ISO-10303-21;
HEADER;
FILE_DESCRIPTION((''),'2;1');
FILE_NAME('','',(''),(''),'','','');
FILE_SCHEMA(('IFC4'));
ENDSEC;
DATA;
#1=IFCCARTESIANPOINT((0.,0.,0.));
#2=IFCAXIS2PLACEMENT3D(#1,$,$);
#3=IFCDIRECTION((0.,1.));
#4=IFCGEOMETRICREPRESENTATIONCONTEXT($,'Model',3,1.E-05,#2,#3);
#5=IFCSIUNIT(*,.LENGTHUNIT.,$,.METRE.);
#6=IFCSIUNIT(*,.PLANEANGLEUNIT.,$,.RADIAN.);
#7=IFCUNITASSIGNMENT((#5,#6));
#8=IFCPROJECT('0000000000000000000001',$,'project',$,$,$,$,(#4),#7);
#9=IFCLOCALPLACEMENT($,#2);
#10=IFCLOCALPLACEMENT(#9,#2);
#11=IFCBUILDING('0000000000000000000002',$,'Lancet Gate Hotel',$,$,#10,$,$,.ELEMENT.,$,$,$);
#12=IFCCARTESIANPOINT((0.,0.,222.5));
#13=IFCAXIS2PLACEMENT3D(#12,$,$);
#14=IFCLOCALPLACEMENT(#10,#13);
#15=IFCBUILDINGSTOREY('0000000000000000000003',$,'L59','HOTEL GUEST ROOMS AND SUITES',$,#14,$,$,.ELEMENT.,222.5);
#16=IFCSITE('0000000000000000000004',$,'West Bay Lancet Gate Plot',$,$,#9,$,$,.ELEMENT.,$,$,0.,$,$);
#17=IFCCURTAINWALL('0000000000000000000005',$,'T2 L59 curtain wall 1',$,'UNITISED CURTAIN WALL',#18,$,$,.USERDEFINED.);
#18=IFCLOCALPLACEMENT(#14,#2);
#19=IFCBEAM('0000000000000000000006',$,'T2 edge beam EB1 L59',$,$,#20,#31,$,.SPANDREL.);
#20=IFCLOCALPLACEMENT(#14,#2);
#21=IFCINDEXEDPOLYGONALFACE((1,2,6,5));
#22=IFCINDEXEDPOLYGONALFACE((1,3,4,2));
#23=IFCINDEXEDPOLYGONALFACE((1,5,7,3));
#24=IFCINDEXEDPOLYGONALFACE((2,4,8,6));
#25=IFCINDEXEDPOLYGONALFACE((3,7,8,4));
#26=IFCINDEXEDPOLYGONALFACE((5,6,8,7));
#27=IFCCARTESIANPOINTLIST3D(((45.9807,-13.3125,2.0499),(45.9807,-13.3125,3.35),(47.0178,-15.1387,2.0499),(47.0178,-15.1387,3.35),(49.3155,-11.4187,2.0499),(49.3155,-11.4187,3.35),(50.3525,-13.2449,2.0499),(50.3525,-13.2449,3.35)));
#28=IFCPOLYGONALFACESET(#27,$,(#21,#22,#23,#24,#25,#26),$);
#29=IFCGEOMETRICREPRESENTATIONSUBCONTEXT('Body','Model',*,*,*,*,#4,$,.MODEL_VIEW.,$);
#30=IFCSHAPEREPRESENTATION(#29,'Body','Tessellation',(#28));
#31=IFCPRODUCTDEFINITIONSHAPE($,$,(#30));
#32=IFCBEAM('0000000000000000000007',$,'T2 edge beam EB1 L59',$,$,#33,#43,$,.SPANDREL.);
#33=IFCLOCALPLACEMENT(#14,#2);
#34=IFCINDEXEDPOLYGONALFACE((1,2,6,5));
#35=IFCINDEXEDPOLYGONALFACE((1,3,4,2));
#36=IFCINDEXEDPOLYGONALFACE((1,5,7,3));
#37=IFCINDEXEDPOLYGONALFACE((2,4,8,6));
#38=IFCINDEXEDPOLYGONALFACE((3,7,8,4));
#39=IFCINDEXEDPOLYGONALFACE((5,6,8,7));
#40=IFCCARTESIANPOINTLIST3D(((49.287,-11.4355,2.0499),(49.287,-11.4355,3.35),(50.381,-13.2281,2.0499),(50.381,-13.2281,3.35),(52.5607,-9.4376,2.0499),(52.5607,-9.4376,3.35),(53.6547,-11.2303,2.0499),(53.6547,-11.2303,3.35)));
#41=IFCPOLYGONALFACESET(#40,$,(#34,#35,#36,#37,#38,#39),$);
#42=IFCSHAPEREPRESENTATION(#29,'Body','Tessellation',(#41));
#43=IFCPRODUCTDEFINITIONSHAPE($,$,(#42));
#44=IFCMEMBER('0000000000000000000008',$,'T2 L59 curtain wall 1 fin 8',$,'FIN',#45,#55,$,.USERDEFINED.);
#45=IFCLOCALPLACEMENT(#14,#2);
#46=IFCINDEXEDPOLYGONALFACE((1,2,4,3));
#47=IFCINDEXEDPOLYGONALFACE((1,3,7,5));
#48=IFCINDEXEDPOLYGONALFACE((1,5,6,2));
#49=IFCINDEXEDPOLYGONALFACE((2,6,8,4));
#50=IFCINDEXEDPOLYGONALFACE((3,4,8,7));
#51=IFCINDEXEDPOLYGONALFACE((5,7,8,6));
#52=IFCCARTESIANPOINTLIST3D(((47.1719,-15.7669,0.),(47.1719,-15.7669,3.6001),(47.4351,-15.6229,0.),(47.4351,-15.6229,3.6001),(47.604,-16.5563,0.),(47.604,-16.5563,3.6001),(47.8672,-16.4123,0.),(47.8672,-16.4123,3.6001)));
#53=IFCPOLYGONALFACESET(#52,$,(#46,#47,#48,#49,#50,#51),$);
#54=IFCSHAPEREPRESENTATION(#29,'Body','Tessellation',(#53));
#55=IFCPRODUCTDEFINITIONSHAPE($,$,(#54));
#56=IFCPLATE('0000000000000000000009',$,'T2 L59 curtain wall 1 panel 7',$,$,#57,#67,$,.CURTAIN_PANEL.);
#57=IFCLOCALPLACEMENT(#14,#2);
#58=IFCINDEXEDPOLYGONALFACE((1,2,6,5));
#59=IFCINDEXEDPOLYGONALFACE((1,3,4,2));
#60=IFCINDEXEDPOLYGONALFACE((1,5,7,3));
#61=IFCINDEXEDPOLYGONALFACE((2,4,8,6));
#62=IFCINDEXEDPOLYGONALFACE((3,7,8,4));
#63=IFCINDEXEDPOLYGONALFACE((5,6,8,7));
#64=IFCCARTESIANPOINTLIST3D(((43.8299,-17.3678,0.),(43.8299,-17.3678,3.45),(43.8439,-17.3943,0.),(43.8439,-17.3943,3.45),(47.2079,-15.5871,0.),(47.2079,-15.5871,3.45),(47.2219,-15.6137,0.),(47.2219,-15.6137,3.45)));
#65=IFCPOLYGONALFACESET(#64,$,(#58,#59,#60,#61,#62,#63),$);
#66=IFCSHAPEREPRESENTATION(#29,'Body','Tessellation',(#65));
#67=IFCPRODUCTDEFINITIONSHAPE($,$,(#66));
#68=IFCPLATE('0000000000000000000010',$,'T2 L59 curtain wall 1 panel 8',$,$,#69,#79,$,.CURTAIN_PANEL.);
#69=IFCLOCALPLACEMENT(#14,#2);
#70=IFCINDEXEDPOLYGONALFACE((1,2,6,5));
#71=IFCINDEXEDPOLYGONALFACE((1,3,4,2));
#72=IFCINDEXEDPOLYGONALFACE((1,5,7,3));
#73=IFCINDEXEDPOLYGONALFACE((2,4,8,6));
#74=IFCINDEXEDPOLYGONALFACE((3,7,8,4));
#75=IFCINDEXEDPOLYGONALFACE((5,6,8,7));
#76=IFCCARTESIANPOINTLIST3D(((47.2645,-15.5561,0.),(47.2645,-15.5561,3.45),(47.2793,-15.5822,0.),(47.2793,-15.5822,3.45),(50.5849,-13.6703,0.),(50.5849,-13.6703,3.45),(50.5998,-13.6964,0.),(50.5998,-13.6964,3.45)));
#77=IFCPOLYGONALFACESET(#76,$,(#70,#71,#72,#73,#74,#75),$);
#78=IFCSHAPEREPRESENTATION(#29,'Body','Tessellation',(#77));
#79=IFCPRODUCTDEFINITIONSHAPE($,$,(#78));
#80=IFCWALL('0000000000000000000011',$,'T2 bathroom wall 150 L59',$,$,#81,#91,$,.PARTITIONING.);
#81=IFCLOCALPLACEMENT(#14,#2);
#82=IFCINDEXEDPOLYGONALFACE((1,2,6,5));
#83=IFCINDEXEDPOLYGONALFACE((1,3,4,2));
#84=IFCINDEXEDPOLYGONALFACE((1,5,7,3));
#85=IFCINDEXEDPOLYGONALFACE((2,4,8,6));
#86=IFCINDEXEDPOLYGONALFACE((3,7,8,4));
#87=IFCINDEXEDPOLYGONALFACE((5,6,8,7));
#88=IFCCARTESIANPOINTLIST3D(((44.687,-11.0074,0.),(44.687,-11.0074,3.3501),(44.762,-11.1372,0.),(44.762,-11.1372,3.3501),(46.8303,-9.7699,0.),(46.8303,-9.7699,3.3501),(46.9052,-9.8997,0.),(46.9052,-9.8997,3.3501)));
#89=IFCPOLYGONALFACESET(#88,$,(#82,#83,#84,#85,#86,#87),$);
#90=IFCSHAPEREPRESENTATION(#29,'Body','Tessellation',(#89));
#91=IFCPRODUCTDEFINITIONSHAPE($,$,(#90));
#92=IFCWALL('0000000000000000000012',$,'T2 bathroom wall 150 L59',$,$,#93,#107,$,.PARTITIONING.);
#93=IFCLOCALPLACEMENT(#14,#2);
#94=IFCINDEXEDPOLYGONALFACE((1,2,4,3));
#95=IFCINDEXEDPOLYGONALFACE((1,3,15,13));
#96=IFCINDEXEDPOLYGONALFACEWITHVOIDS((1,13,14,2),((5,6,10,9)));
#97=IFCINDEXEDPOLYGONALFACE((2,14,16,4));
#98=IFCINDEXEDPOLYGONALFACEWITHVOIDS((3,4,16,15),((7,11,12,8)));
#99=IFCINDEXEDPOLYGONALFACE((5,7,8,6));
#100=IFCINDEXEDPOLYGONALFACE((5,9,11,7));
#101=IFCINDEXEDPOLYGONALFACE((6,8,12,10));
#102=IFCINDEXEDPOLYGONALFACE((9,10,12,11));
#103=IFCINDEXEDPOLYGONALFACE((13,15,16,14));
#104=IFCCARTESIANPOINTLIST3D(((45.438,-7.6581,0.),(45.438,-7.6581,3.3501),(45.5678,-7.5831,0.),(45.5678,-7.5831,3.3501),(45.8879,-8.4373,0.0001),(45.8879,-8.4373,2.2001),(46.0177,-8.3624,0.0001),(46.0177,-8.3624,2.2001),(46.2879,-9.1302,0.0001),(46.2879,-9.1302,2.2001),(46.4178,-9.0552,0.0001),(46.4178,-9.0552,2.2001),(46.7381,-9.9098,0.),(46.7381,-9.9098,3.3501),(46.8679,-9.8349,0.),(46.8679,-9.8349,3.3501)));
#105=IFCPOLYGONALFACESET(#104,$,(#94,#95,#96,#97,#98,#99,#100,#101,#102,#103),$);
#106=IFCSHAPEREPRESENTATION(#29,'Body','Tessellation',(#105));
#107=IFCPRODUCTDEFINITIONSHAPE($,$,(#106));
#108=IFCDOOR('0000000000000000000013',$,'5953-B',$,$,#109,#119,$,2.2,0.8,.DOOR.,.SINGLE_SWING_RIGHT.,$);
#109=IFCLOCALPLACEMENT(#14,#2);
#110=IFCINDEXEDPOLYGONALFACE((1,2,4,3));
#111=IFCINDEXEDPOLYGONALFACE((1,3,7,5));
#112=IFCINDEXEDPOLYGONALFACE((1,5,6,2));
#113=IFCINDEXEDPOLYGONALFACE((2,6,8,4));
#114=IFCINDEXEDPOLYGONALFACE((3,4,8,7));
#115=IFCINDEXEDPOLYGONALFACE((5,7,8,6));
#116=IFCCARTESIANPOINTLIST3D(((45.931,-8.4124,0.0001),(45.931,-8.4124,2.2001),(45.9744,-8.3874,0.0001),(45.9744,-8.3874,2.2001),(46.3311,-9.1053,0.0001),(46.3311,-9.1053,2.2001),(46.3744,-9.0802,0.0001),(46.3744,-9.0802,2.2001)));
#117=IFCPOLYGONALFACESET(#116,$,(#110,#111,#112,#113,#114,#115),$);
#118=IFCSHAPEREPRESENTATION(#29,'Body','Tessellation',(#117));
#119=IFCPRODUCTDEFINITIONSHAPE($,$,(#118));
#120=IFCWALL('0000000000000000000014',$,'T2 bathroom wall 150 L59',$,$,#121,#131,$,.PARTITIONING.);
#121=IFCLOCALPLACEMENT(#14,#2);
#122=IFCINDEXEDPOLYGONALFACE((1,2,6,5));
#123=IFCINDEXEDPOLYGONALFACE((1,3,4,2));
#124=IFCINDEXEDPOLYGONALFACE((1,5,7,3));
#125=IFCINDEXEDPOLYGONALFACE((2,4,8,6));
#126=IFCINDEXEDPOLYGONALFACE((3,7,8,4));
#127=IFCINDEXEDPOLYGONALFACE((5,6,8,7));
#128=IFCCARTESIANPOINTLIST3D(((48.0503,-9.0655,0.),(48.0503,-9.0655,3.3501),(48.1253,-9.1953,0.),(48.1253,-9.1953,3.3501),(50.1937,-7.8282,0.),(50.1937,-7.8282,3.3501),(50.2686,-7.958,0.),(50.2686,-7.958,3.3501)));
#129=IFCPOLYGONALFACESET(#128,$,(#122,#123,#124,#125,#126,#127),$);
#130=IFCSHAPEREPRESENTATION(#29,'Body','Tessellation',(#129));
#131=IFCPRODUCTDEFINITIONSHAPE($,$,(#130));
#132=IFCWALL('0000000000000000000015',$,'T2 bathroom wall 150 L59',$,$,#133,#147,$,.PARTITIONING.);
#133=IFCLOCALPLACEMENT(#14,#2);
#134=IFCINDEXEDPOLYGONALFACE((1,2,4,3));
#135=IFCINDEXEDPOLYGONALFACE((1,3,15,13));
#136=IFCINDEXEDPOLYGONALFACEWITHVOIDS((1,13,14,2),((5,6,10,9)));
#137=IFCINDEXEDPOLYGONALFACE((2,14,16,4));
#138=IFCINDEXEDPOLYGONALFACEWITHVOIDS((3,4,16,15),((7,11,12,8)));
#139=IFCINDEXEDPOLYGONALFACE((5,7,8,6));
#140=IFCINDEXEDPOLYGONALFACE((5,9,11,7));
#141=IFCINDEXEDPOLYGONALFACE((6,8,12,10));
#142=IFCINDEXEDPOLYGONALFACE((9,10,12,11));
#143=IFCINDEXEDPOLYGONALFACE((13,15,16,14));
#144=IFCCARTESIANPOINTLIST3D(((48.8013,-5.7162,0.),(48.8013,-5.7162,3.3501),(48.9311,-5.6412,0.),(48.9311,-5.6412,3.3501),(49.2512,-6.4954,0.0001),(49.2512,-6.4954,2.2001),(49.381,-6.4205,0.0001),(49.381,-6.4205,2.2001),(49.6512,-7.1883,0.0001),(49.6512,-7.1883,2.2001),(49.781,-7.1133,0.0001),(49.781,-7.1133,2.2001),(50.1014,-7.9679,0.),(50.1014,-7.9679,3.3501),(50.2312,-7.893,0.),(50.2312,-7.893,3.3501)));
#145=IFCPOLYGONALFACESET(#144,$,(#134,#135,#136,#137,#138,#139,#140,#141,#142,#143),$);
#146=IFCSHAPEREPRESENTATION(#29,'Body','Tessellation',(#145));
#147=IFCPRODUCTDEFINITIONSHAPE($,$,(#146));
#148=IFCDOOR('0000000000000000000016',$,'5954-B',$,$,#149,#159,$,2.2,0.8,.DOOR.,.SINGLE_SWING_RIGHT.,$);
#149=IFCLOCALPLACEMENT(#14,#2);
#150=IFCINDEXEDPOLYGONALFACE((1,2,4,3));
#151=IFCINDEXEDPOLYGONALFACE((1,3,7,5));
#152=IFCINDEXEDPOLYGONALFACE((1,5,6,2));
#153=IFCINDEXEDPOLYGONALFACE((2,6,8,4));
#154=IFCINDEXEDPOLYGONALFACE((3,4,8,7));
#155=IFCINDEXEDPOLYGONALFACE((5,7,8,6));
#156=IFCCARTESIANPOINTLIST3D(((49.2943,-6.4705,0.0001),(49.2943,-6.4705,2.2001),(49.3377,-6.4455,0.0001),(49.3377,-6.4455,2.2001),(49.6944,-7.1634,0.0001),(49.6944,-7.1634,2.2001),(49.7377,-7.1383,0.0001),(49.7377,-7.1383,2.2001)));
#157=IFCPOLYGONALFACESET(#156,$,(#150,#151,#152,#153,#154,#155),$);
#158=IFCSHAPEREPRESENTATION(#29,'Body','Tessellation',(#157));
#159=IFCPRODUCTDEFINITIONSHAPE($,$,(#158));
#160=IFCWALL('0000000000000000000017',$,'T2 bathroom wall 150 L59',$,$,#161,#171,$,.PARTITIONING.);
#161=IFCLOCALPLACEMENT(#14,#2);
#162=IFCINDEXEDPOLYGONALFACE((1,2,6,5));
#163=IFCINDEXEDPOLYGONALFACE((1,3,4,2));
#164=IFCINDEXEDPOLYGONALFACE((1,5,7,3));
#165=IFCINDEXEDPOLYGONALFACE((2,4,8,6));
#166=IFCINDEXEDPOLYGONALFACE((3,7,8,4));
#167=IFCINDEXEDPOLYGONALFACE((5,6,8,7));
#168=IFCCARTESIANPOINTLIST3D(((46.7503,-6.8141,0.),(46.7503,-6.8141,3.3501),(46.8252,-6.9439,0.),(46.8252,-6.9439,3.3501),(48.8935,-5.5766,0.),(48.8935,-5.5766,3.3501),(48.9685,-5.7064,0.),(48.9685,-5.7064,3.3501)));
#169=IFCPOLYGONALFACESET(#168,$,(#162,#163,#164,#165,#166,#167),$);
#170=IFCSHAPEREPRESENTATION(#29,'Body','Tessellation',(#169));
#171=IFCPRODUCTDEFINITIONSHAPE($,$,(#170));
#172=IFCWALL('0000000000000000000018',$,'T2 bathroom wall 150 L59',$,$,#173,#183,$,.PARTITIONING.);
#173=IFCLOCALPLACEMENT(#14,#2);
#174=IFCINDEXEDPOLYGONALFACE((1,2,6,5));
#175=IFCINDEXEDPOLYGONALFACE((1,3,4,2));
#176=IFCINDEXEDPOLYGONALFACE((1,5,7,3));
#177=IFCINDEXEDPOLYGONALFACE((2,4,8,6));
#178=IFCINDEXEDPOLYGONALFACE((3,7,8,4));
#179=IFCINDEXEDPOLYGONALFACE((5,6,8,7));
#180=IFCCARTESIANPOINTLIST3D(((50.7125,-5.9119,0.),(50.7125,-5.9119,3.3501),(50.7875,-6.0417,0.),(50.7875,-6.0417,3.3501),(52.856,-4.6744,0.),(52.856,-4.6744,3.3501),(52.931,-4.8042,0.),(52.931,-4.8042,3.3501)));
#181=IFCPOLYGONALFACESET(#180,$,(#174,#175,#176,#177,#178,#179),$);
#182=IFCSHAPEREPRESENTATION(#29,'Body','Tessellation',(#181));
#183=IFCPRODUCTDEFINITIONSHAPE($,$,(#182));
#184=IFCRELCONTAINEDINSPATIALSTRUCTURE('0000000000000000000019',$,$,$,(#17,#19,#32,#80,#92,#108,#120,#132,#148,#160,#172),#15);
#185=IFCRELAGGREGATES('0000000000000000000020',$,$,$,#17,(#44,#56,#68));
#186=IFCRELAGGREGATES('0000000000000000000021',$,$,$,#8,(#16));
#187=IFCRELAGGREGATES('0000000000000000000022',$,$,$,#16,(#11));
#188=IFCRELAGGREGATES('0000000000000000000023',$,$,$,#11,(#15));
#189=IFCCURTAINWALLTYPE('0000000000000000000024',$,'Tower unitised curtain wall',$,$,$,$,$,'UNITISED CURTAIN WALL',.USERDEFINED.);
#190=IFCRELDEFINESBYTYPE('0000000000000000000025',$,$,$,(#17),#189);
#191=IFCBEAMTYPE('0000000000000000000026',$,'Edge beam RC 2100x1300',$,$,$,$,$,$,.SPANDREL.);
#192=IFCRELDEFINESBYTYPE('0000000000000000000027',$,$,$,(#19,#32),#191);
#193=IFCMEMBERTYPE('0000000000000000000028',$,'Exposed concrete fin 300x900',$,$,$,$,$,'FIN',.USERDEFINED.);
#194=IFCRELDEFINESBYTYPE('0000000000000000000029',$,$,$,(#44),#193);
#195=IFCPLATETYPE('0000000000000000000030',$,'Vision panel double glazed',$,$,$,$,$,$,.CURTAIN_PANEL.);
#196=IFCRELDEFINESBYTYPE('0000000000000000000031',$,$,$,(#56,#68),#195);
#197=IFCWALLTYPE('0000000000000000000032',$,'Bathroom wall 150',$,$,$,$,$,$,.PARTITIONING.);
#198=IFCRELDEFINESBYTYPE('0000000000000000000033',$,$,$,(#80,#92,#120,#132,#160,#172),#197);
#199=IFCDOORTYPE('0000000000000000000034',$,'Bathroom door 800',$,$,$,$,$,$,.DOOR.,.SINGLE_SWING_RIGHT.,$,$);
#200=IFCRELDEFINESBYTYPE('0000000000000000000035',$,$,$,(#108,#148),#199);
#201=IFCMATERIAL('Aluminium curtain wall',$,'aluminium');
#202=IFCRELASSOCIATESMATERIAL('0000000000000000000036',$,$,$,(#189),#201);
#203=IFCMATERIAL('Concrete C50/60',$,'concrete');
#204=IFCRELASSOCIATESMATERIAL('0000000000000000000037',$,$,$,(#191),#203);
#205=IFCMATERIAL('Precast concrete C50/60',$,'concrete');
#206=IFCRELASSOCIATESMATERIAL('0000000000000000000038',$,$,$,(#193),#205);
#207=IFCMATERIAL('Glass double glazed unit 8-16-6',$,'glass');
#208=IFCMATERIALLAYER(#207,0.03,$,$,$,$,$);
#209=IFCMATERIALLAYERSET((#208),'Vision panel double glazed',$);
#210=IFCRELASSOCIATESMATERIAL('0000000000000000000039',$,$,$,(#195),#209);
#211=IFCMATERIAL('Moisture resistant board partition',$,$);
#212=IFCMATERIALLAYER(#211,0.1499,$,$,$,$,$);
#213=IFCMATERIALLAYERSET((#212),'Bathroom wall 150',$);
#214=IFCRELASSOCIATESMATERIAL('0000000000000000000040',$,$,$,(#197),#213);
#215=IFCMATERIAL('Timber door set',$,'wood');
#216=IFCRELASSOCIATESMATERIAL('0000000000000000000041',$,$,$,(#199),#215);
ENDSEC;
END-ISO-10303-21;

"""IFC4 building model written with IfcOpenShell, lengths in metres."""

from ifc_helpers import new_model, si_unit, direction, frame, frame_2d, origin, origin_2d, place, context, subcontext, project, spatial, rectangle, extrude, material, layer, layer_set, material_profile, profile_set, type_object, element, fill, aggregate, save


model = new_model("IFC4")

# Units and contexts
model_context = context("Model", 3, precision=1e-05, world=origin(), true_north=direction((0.0, 1.0)))
body_context = subcontext(model_context, "Body", "Model", "MODEL_VIEW")
ifc_project = project(units=[si_unit("LENGTHUNIT", "METRE"), si_unit("PLANEANGLEUNIT", "RADIAN")], contexts=[model_context])

# Site, building, storey
site_placement = place(None, origin())
site = spatial("IfcSite", under=ifc_project, at=site_placement, Name="West Bay Lancet Gate Plot", CompositionType="ELEMENT", RefElevation=0.0)
building_placement = place(site_placement, origin())
building = spatial("IfcBuilding", under=site, at=building_placement, Name="Lancet Gate Hotel", CompositionType="ELEMENT")
storey_placement = place(building_placement, frame((0.0, 0.0, 222.5)))
storey = spatial("IfcBuildingStorey", under=building, at=storey_placement, Name="L59", Description="HOTEL GUEST ROOMS AND SUITES", CompositionType="ELEMENT", Elevation=222.5)

# Curtain wall
ifc_material_1 = material(Name="Aluminium curtain wall", Category="aluminium")
curtain_wall_type = type_object("IfcCurtainWallType", Name="Tower unitised curtain wall", ElementType="UNITISED CURTAIN WALL", PredefinedType="USERDEFINED", material=ifc_material_1)
curtain_wall_placement = place(storey_placement, origin())
curtain_wall = element("IfcCurtainWall", 1, at=curtain_wall_placement, inside=storey, type_object=curtain_wall_type, Name="T2 L59 curtain wall 1", ObjectType="UNITISED CURTAIN WALL", PredefinedType="USERDEFINED")

# Beams
ifc_material_2 = material(Name="Concrete C50/60", Category="concrete")
ifc_material_profile_1 = material_profile(ifc_material_2, rectangle(XDim=2.1001, YDim=1.3, at=origin_2d()), Name="RC 2100x1300")
ifc_profile_set_1 = profile_set([ifc_material_profile_1], Name="Concrete C50/60")
beam_type = type_object("IfcBeamType", Name="Edge beam RC 2100x1300", PredefinedType="SPANDREL", material=ifc_profile_set_1)
beam_1_placement = place(storey_placement, frame((46.4993, -14.2256, 2.7), z_axis=(0.86956, 0.493827, 0.0), x_axis=(-0.493827, 0.86956, 0.0)))
element("IfcBeam", 2, at=beam_1_placement, inside=storey, type_object=beam_type, Name="T2 edge beam EB1 L59", PredefinedType="SPANDREL", context=body_context, shape_type="SweptSolid", body=[
    extrude(rectangle(XDim=2.1001, YDim=1.3, at=origin_2d()), origin(), (0.0, 0.0, 1.0), 3.835),
])
beam_2_placement = place(storey_placement, frame((49.834, -12.3318, 2.7), z_axis=(0.853604, 0.520922, 0.0), x_axis=(-0.520922, 0.853604, 0.0)))
element("IfcBeam", 3, at=beam_2_placement, inside=storey, type_object=beam_type, Name="T2 edge beam EB1 L59", PredefinedType="SPANDREL", context=body_context, shape_type="SweptSolid", body=[
    extrude(rectangle(XDim=2.1001, YDim=1.3, at=origin_2d()), origin(), (0.0, 0.0, 1.0), 3.8352),
])

# Member
ifc_material_3 = material(Name="Precast concrete C50/60", Category="concrete")
ifc_material_profile_2 = material_profile(ifc_material_3, rectangle(XDim=0.3, YDim=0.8999, at=origin_2d()), Name="FIN 300x900")
ifc_profile_set_2 = profile_set([ifc_material_profile_2], Name="Precast concrete C50/60")
member_type_1 = type_object("IfcMemberType", Name="Exposed concrete fin 300x900", ElementType="FIN", PredefinedType="USERDEFINED", material=ifc_profile_set_2)
member_1_placement = place(storey_placement, frame((47.5195, -16.0896, 0.0), z_axis=(0.0, 0.0, 1.0), x_axis=(0.877195, 0.480135, 0.0)))
member_1 = element("IfcMember", 4, at=member_1_placement, type_object=member_type_1, Name="T2 L59 curtain wall 1 fin 8", ObjectType="FIN", PredefinedType="USERDEFINED", context=body_context, shape_type="SweptSolid", body=[
    extrude(rectangle(XDim=0.3, YDim=0.8999, at=origin_2d()), origin(), (0.0, 0.0, 1.0), 3.6001),
])

# Plates
ifc_material_4 = material(Name="Glass double glazed unit 8-16-6", Category="glass")
ifc_layer_1 = layer(ifc_material_4, 0.03)
ifc_layer_set_1 = layer_set([ifc_layer_1], Name="Vision panel double glazed")
plate_type = type_object("IfcPlateType", Name="Vision panel double glazed", PredefinedType="CURTAIN_PANEL", material=ifc_layer_set_1)
plate_1_placement = place(storey_placement, frame((45.5259, -16.4907, 0.0), z_axis=(0.0, 0.0, 1.0), x_axis=(0.884623, 0.466307, 0.0)))
plate_1 = element("IfcPlate", 5, at=plate_1_placement, type_object=plate_type, Name="T2 L59 curtain wall 1 panel 7", PredefinedType="CURTAIN_PANEL", context=body_context, shape_type="SweptSolid", body=[
    extrude(rectangle(XDim=3.8186, YDim=0.03, at=origin_2d()), origin(), (0.0, 0.0, 1.0), 3.45),
])
plate_2_placement = place(storey_placement, frame((48.9321, -14.6262, 0.0), z_axis=(0.0, 0.0, 1.0), x_axis=(0.86955, 0.493844, 0.0)))
plate_2 = element("IfcPlate", 6, at=plate_2_placement, type_object=plate_type, Name="T2 L59 curtain wall 1 panel 8", PredefinedType="CURTAIN_PANEL", context=body_context, shape_type="SweptSolid", body=[
    extrude(rectangle(XDim=3.8186, YDim=0.03, at=origin_2d()), origin(), (0.0, 0.0, 1.0), 3.45),
])
aggregate(curtain_wall, [member_1, plate_1, plate_2])

# Wall
ifc_material_5 = material(Name="Moisture resistant board partition")
ifc_layer_2 = layer(ifc_material_5, 0.1499)
ifc_layer_set_2 = layer_set([ifc_layer_2], Name="Bathroom wall 150")
wall_type_1 = type_object("IfcWallType", Name="Bathroom wall 150", PredefinedType="PARTITIONING", material=ifc_layer_set_2)
wall_1_placement = place(storey_placement, frame((44.7246, -11.0723, 0.0), z_axis=(0.0, 0.0, 1.0), x_axis=(0.866007, 0.500033, 0.0)))
element("IfcWall", 7, at=wall_1_placement, inside=storey, type_object=wall_type_1, Name="T2 bathroom wall 150 L59", PredefinedType="PARTITIONING", context=body_context, shape_type="SweptSolid", body=[
    extrude(rectangle(XDim=2.4749, YDim=0.1499, at=frame_2d((1.2373, 0.0))), origin(), (0.0, 0.0, 1.0), 3.3501),
])

# Wall, opening, door
wall_2_placement = place(storey_placement, frame((45.5029, -7.6206, 0.0), z_axis=(0.0, 0.0, 1.0), x_axis=(0.500007, -0.866021, 0.0)))
wall_2 = element("IfcWall", 8, at=wall_2_placement, inside=storey, type_object=wall_type_1, Name="T2 bathroom wall 150 L59", PredefinedType="PARTITIONING", context=body_context, shape_type="SweptSolid", body=[
    extrude(rectangle(XDim=2.6001, YDim=0.1499, at=frame_2d((1.3, 0.0))), origin(), (0.0, 0.0, 1.0), 3.3501),
])
opening_1_placement = place(wall_2_placement, frame((0.8999, 0.0, 0.0)))
opening_1 = element("IfcOpeningElement", 9, at=opening_1_placement, cuts=wall_2, PredefinedType="OPENING", context=body_context, shape_type="SweptSolid", body=[
    extrude(rectangle(XDim=0.8, YDim=2.2, at=frame_2d((0.3999, 1.1001))), frame((0.0, 0.085, 0.0), z_axis=(0.0, -1.0, 0.0), x_axis=(1.0, 0.0, 0.0)), (0.0, 0.0, 1.0), 0.1699),
])
ifc_material_6 = material(Name="Timber door set", Category="wood")
door_type = type_object("IfcDoorType", Name="Bathroom door 800", OperationType="SINGLE_SWING_RIGHT", PredefinedType="DOOR", material=ifc_material_6)
door_1_placement = place(opening_1_placement, origin())
door_1 = element("IfcDoor", 10, at=door_1_placement, inside=storey, type_object=door_type, Name="5953-B", OperationType="SINGLE_SWING_RIGHT", OverallHeight=2.2, OverallWidth=0.8, PredefinedType="DOOR", context=body_context, shape_type="SweptSolid", body=[
    extrude(rectangle(XDim=0.8, YDim=2.2, at=frame_2d((0.3999, 1.1001))), frame((0.0, 0.0249, 0.0), z_axis=(0.0, -1.0, 0.0), x_axis=(1.0, 0.0, 0.0)), (0.0, 0.0, 1.0), 0.05),
])
fill(opening_1, door_1)

# Wall
wall_3_placement = place(storey_placement, frame((48.0879, -9.1304, 0.0), z_axis=(0.0, 0.0, 1.0), x_axis=(0.866049, 0.499959, 0.0)))
element("IfcWall", 11, at=wall_3_placement, inside=storey, type_object=wall_type_1, Name="T2 bathroom wall 150 L59", PredefinedType="PARTITIONING", context=body_context, shape_type="SweptSolid", body=[
    extrude(rectangle(XDim=2.4749, YDim=0.1499, at=frame_2d((1.2373, 0.0))), origin(), (0.0, 0.0, 1.0), 3.3501),
])

# Wall, opening, door
wall_4_placement = place(storey_placement, frame((48.8662, -5.6787, 0.0), z_axis=(0.0, 0.0, 1.0), x_axis=(0.500007, -0.866021, 0.0)))
wall_4 = element("IfcWall", 12, at=wall_4_placement, inside=storey, type_object=wall_type_1, Name="T2 bathroom wall 150 L59", PredefinedType="PARTITIONING", context=body_context, shape_type="SweptSolid", body=[
    extrude(rectangle(XDim=2.6001, YDim=0.1499, at=frame_2d((1.3, 0.0))), origin(), (0.0, 0.0, 1.0), 3.3501),
])
opening_2_placement = place(wall_4_placement, frame((0.8999, 0.0, 0.0)))
opening_2 = element("IfcOpeningElement", 13, at=opening_2_placement, cuts=wall_4, PredefinedType="OPENING", context=body_context, shape_type="SweptSolid", body=[
    extrude(rectangle(XDim=0.8, YDim=2.2, at=frame_2d((0.3999, 1.1001))), frame((0.0, 0.085, 0.0), z_axis=(0.0, -1.0, 0.0), x_axis=(1.0, 0.0, 0.0)), (0.0, 0.0, 1.0), 0.1699),
])
door_2_placement = place(opening_2_placement, origin())
door_2 = element("IfcDoor", 14, at=door_2_placement, inside=storey, type_object=door_type, Name="5954-B", OperationType="SINGLE_SWING_RIGHT", OverallHeight=2.2, OverallWidth=0.8, PredefinedType="DOOR", context=body_context, shape_type="SweptSolid", body=[
    extrude(rectangle(XDim=0.8, YDim=2.2, at=frame_2d((0.3999, 1.1001))), frame((0.0, 0.0249, 0.0), z_axis=(0.0, -1.0, 0.0), x_axis=(1.0, 0.0, 0.0)), (0.0, 0.0, 1.0), 0.05),
])
fill(opening_2, door_2)

# Walls
wall_5_placement = place(storey_placement, frame((46.7878, -6.8789, 0.0), z_axis=(0.0, 0.0, 1.0), x_axis=(0.866007, 0.500033, 0.0)))
element("IfcWall", 15, at=wall_5_placement, inside=storey, type_object=wall_type_1, Name="T2 bathroom wall 150 L59", PredefinedType="PARTITIONING", context=body_context, shape_type="SweptSolid", body=[
    extrude(rectangle(XDim=2.4749, YDim=0.1499, at=frame_2d((1.2373, 0.0))), origin(), (0.0, 0.0, 1.0), 3.3501),
])
wall_6_placement = place(storey_placement, frame((50.75, -5.9768, 0.0), z_axis=(0.0, 0.0, 1.0), x_axis=(0.866031, 0.49999, 0.0)))
element("IfcWall", 16, at=wall_6_placement, inside=storey, type_object=wall_type_1, Name="T2 bathroom wall 150 L59", PredefinedType="PARTITIONING", context=body_context, shape_type="SweptSolid", body=[
    extrude(rectangle(XDim=2.4751, YDim=0.1499, at=frame_2d((1.2375, 0.0))), origin(), (0.0, 0.0, 1.0), 3.3501),
])

save(model, "model.ifc")
